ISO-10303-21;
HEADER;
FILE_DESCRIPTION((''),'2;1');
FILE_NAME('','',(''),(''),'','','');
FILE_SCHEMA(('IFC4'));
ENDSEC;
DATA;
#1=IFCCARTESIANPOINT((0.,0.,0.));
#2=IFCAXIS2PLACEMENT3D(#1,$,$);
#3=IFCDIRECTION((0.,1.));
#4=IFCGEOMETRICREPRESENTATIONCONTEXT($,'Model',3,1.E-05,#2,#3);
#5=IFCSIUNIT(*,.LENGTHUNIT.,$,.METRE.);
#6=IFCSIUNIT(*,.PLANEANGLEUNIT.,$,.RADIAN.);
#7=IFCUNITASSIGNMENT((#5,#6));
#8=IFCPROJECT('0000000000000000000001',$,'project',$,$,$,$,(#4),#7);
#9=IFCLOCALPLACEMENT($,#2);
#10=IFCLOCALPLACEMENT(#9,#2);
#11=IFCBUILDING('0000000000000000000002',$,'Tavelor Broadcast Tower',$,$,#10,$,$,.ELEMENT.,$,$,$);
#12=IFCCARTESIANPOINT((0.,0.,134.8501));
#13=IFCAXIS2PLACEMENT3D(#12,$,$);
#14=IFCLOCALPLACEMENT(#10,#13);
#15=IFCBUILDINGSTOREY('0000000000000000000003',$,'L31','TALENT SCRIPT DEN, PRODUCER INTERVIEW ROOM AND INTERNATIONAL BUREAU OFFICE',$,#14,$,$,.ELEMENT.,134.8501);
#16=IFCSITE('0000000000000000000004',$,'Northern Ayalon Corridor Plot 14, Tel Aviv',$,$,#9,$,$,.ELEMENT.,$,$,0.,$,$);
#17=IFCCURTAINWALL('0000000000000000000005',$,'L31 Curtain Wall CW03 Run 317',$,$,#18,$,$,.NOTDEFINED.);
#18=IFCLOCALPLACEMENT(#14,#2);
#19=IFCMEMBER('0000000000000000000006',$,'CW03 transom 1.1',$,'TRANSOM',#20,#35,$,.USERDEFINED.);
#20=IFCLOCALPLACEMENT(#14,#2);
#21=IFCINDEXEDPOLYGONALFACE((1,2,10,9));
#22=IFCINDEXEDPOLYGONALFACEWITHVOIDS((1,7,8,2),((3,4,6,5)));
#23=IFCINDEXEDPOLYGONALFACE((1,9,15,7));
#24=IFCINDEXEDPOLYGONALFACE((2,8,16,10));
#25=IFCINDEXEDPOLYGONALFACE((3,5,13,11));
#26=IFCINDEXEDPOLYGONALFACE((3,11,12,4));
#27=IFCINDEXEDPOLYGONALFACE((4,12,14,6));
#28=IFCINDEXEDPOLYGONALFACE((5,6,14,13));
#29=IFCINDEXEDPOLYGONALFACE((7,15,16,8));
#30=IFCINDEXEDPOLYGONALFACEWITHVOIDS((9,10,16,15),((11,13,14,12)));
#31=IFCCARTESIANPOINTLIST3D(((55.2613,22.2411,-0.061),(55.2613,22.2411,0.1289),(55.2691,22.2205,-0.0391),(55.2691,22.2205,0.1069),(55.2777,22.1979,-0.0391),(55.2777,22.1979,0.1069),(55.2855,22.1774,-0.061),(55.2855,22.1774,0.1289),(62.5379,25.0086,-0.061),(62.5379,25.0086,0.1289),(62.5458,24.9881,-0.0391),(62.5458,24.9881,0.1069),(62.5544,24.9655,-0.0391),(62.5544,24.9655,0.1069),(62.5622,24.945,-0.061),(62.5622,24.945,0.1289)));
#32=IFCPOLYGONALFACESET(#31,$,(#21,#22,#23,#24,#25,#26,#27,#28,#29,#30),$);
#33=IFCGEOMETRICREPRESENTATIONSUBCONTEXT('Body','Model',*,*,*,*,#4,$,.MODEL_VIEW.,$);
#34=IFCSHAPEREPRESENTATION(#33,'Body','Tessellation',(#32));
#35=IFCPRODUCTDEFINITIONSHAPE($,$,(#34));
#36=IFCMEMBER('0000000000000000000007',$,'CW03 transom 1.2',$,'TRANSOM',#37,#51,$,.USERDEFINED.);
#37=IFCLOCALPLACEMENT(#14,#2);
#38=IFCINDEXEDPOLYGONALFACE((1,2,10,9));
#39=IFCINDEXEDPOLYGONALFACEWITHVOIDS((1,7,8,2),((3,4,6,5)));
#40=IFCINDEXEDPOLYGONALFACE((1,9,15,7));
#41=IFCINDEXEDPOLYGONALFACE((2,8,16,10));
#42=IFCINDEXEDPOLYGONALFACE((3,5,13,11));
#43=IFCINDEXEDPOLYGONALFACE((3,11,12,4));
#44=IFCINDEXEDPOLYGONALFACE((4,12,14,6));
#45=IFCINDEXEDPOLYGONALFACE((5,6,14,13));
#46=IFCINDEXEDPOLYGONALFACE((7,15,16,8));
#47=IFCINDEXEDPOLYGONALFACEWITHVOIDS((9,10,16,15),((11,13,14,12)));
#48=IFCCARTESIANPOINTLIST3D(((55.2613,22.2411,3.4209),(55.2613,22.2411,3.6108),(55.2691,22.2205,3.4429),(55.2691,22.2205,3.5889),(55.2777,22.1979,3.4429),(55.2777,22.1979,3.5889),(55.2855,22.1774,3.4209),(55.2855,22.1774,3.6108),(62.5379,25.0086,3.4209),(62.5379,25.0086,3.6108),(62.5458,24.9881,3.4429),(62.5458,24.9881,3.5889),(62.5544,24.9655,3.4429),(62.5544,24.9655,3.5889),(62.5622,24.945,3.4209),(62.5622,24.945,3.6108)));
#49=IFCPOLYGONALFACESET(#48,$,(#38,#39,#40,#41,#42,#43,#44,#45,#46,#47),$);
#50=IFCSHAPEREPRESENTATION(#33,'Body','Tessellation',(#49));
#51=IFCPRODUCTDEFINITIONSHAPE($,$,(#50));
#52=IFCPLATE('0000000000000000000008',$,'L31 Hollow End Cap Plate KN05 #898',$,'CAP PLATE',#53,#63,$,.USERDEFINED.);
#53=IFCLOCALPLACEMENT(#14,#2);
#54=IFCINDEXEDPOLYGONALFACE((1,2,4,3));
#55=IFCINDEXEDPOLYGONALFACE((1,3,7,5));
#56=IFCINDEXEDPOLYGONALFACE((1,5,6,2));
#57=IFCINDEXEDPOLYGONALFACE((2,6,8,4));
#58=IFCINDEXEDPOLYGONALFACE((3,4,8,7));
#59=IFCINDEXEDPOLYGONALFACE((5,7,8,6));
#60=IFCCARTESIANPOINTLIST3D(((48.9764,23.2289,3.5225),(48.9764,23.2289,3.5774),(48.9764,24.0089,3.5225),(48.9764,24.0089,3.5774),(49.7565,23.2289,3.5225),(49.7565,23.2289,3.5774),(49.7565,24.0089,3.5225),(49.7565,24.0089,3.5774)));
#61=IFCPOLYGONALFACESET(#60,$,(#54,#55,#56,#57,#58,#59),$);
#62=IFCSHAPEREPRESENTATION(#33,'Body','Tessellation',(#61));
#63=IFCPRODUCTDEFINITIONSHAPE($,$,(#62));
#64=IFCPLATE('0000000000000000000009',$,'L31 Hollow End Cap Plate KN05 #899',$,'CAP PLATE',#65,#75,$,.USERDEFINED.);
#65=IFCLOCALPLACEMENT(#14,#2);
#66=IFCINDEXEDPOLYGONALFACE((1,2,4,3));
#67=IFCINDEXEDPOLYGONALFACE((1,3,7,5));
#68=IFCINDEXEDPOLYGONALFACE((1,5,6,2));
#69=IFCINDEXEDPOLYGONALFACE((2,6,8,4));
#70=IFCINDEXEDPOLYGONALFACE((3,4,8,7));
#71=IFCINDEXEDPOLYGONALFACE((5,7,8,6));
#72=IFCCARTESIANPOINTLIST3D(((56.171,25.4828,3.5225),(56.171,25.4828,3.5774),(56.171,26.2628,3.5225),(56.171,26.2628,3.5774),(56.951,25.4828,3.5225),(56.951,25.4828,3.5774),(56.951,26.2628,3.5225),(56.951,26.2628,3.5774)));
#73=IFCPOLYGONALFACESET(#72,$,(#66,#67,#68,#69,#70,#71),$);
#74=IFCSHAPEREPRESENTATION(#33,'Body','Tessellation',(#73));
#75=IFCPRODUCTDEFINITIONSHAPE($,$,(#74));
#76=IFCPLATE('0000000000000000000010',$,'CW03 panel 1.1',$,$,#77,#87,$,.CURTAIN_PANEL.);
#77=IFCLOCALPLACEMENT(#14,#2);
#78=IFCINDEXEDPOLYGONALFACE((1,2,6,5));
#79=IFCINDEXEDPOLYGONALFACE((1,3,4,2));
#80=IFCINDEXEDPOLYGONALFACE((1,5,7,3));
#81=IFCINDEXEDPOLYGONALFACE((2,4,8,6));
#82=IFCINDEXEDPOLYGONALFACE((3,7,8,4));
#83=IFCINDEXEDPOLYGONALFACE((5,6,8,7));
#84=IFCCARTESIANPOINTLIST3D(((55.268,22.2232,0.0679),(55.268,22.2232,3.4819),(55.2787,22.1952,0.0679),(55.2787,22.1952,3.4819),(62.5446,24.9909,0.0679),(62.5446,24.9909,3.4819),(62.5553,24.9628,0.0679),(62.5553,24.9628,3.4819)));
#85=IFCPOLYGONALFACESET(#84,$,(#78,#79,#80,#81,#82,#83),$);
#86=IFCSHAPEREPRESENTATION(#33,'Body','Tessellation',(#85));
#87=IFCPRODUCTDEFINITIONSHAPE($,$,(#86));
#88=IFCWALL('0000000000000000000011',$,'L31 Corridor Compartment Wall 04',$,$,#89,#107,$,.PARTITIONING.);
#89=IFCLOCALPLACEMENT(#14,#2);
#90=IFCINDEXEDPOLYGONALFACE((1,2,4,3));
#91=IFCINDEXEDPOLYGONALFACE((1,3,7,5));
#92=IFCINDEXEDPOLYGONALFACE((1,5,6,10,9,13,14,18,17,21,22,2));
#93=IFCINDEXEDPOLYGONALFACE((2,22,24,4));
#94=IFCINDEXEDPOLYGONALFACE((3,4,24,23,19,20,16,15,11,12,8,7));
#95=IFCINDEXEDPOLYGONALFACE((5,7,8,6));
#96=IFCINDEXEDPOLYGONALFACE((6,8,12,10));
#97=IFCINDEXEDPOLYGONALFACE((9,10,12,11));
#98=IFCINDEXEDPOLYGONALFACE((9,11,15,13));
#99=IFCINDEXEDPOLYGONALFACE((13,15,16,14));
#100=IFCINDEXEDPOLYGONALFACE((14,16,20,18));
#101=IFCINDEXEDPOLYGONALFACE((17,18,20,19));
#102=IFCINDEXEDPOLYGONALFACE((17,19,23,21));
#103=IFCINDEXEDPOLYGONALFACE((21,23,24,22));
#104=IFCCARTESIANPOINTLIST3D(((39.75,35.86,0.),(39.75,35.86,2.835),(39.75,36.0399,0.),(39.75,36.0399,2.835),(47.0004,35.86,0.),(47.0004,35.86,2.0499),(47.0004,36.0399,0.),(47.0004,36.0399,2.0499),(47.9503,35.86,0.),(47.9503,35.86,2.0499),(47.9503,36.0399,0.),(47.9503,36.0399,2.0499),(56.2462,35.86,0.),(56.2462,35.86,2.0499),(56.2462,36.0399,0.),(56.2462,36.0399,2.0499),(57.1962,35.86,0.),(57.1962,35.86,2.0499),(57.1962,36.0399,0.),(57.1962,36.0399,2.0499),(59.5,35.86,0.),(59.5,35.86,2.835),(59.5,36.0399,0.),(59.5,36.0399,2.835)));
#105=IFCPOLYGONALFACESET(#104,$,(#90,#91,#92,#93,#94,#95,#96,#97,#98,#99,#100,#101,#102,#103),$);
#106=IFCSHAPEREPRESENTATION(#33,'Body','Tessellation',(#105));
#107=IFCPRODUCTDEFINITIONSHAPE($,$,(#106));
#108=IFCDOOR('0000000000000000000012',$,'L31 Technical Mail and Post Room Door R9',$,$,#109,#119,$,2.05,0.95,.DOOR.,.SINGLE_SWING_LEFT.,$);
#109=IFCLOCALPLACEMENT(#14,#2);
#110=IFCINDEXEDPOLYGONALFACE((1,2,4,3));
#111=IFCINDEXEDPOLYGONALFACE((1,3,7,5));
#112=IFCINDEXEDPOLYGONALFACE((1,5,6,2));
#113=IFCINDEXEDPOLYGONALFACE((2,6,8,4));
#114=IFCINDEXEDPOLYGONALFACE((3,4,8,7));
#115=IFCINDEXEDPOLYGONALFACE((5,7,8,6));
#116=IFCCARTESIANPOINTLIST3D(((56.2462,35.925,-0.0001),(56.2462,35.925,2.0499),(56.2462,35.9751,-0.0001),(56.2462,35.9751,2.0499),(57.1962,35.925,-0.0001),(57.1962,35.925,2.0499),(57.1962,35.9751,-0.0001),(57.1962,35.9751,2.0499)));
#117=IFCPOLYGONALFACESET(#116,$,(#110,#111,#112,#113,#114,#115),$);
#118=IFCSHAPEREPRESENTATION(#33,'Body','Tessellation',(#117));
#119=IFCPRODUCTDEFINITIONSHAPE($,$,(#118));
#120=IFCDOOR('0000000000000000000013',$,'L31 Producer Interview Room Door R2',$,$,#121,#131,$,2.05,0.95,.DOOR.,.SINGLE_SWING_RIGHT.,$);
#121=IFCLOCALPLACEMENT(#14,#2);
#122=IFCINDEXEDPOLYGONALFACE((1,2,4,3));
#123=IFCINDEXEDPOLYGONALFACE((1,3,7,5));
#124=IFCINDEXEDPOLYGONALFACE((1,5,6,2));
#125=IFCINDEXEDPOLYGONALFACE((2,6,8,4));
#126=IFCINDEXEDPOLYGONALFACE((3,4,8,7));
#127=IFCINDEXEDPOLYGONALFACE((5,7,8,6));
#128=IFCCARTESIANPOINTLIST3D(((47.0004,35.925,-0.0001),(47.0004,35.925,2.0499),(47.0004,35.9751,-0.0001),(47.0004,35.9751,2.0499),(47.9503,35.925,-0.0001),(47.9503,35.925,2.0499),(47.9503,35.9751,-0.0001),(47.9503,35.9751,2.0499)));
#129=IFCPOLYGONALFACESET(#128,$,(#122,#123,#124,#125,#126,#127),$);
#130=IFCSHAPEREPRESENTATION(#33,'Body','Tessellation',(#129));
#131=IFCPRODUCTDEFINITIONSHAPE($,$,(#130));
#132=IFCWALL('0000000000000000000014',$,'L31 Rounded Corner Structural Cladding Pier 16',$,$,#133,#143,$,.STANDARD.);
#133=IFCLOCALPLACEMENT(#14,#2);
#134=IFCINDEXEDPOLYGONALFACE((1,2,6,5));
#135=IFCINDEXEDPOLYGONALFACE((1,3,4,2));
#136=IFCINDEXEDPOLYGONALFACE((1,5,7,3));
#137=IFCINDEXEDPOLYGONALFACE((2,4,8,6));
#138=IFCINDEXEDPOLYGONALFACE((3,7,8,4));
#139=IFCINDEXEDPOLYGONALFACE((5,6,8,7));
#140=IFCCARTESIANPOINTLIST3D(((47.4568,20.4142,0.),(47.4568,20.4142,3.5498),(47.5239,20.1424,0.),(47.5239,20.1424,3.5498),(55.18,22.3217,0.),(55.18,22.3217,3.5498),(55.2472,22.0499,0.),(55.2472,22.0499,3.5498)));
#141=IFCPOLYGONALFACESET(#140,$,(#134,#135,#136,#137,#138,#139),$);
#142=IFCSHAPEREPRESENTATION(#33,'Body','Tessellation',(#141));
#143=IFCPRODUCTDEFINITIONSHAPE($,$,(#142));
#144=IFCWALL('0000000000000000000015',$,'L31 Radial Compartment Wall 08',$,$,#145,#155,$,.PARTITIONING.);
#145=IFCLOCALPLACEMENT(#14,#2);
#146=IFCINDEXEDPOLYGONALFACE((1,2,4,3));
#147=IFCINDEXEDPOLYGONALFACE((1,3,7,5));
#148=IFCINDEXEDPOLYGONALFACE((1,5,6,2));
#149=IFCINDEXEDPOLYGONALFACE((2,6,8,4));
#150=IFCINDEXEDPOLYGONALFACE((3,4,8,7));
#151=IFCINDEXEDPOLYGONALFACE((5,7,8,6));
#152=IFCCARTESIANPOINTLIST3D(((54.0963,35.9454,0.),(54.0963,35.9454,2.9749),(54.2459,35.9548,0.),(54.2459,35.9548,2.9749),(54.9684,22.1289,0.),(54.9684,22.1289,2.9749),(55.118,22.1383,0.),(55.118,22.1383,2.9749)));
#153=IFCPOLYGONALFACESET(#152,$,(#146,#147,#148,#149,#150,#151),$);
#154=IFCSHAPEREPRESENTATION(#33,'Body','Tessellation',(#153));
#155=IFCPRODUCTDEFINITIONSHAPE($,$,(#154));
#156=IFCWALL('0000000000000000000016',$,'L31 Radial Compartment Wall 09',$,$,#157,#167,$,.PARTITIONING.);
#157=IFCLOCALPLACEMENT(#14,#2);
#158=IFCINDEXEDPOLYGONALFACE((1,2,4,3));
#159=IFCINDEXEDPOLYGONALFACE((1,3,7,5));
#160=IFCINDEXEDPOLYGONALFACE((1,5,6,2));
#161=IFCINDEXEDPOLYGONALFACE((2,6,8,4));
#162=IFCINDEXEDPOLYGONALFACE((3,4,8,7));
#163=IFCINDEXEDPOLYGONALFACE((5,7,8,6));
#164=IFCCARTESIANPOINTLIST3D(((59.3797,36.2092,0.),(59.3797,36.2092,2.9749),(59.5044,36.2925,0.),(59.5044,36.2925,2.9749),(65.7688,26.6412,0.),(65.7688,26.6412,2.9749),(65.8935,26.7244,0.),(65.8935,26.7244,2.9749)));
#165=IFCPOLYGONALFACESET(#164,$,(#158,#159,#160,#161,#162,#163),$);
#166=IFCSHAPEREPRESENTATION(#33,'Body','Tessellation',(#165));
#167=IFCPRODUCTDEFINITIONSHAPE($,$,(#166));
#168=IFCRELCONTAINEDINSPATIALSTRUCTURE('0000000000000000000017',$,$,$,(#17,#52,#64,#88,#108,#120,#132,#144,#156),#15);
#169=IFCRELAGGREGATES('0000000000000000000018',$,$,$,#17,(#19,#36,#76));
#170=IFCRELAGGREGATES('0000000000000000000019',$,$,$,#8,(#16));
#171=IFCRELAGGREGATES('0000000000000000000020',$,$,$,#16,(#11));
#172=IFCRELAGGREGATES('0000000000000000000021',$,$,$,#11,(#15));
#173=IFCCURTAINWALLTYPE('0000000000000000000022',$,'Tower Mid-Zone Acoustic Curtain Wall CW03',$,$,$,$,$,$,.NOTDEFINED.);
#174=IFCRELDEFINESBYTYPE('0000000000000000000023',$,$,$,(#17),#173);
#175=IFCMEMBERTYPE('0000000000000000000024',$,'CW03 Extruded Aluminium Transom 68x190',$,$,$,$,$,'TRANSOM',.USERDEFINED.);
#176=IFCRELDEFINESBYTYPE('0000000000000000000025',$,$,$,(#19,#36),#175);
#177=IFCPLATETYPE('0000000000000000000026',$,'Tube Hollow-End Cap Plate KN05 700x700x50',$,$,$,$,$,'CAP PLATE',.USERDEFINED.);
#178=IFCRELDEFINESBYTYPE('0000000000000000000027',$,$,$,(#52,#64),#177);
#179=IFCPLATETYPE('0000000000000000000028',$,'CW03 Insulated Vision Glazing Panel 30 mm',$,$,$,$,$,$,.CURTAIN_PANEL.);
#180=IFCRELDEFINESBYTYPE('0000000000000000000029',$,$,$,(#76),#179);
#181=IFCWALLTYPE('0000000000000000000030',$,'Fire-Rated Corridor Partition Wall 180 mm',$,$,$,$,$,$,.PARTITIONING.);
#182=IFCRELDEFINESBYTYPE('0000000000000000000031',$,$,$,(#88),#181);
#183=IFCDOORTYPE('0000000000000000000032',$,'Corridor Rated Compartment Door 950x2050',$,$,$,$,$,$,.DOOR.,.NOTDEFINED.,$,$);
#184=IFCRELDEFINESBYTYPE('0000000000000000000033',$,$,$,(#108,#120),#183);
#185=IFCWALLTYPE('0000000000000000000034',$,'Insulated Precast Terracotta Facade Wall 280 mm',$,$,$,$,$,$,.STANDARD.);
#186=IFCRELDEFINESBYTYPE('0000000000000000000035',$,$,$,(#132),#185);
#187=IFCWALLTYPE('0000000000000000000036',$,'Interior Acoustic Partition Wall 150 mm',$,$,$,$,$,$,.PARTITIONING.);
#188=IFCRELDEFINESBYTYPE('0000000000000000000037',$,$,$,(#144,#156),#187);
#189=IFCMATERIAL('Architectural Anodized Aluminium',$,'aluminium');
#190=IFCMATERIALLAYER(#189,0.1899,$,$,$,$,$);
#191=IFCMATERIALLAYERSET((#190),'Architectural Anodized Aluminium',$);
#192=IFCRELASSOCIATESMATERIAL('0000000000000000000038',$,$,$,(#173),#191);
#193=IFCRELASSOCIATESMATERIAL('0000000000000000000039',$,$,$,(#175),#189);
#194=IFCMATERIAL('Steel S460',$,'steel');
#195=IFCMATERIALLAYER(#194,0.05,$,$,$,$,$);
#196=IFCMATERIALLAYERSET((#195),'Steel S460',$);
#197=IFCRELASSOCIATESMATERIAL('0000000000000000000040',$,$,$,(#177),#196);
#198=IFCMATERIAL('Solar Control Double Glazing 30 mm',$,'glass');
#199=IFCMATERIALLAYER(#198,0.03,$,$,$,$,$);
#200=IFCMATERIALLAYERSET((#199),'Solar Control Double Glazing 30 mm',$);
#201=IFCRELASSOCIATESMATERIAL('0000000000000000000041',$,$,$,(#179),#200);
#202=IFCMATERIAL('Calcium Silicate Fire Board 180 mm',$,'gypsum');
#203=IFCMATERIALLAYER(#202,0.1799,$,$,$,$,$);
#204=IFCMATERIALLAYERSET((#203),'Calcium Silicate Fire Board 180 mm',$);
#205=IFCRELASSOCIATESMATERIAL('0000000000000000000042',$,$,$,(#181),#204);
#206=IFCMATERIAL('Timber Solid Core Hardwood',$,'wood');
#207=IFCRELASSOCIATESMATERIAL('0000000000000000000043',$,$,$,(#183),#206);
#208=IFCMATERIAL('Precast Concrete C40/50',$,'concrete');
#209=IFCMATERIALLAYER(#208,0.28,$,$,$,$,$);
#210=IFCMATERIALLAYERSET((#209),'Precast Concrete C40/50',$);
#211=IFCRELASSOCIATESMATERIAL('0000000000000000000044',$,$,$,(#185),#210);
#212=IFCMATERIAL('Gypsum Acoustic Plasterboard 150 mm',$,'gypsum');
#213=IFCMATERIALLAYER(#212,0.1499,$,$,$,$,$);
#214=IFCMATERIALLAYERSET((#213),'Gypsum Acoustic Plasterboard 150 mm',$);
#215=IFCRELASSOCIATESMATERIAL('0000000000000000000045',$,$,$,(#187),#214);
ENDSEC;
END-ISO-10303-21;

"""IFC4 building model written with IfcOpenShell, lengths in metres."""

from ifc_helpers import new_model, si_unit, direction, frame, frame_2d, origin, origin_2d, place, context, subcontext, project, spatial, rectangle, hollow_rectangle, extrude, source, transform, mapped, material, layer, layer_set, material_profile, profile_set, type_object, type_shapes, element, fill, aggregate, save


model = new_model("IFC4")

# Units and contexts
model_context = context("Model", 3, precision=1e-05, world=origin(), true_north=direction((0.0, 1.0)))
body_context = subcontext(model_context, "Body", "Model", "MODEL_VIEW")
ifc_project = project(units=[si_unit("LENGTHUNIT", "METRE"), si_unit("PLANEANGLEUNIT", "RADIAN")], contexts=[model_context])

# Site, building, storey
site_placement = place(None, origin())
site = spatial("IfcSite", under=ifc_project, at=site_placement, Name="Northern Ayalon Corridor Plot 14, Tel Aviv", CompositionType="ELEMENT", RefElevation=0.0)
building_placement = place(site_placement, origin())
building = spatial("IfcBuilding", under=site, at=building_placement, Name="Tavelor Broadcast Tower", CompositionType="ELEMENT")
storey_placement = place(building_placement, frame((0.0, 0.0, 134.8501)))
storey = spatial("IfcBuildingStorey", under=building, at=storey_placement, Name="L31", Description="TALENT SCRIPT DEN, PRODUCER INTERVIEW ROOM AND INTERNATIONAL BUREAU OFFICE", CompositionType="ELEMENT", Elevation=134.8501)

# Shared definitions
ifc_material_1 = material(Name="Steel S460", Category="steel")

# Curtain wall, members
ifc_material_2 = material(Name="Architectural Anodized Aluminium", Category="aluminium")
ifc_layer_1 = layer(ifc_material_2, 0.1899)
ifc_layer_set_1 = layer_set([ifc_layer_1], Name="Architectural Anodized Aluminium")
curtain_wall_type = type_object("IfcCurtainWallType", Name="Tower Mid-Zone Acoustic Curtain Wall CW03", PredefinedType="NOTDEFINED", material=ifc_layer_set_1)
curtain_wall_placement = place(storey_placement, origin())
curtain_wall = element("IfcCurtainWall", 1, at=curtain_wall_placement, inside=storey, type_object=curtain_wall_type, Name="L31 Curtain Wall CW03 Run 317", PredefinedType="NOTDEFINED")
ifc_material_profile_1 = material_profile(ifc_material_2, hollow_rectangle(XDim=0.0681, YDim=0.1899, WallThickness=0.022, at=origin_2d()), Name="RHS 68x190x22")
ifc_profile_set_1 = profile_set([ifc_material_profile_1], Name="Architectural Anodized Aluminium")
member_type_1 = type_object("IfcMemberType", Name="CW03 Extruded Aluminium Transom 68x190", ElementType="TRANSOM", PredefinedType="USERDEFINED", material=ifc_profile_set_1)
shared_shape_1 = source(origin(), body_context, "Body", "SweptSolid", [
    extrude(hollow_rectangle(XDim=0.0681, YDim=0.1899, WallThickness=0.022, at=origin_2d()), origin(), (0.0, 0.0, 1.0), 7.7852),
])
type_shapes(member_type_1, [shared_shape_1])
member_1_placement = place(storey_placement, frame((55.2734, 22.2092, 0.0339), z_axis=(0.934678, 0.355495, 0.0), x_axis=(-0.355495, 0.934678, 0.0)))
member_1 = element("IfcMember", 2, at=member_1_placement, type_object=member_type_1, Name="CW03 transom 1.1", ObjectType="TRANSOM", PredefinedType="USERDEFINED", context=body_context, shape_type="MappedRepresentation", body=[
    mapped(shared_shape_1, transform((0.0, 0.0, 0.0), scale=1.0)),
])
member_2_placement = place(storey_placement, frame((55.2734, 22.2092, 3.5159), z_axis=(0.934678, 0.355495, 0.0), x_axis=(-0.355495, 0.934678, 0.0)))
member_2 = element("IfcMember", 3, at=member_2_placement, type_object=member_type_1, Name="CW03 transom 1.2", ObjectType="TRANSOM", PredefinedType="USERDEFINED", context=body_context, shape_type="MappedRepresentation", body=[
    mapped(shared_shape_1, transform((0.0, 0.0, 0.0), scale=1.0)),
])

# Plates
ifc_layer_2 = layer(ifc_material_1, 0.05)
ifc_layer_set_2 = layer_set([ifc_layer_2], Name="Steel S460")
plate_type_1 = type_object("IfcPlateType", Name="Tube Hollow-End Cap Plate KN05 700x700x50", ElementType="CAP PLATE", PredefinedType="USERDEFINED", material=ifc_layer_set_2)
shared_shape_2 = source(origin(), body_context, "Body", "SweptSolid", [
    extrude(rectangle(XDim=0.78, YDim=0.78, at=origin_2d()), origin(), (0.0, 0.0, 1.0), 0.0549),
])
type_shapes(plate_type_1, [shared_shape_2])
for number, where, z_axis, x_axis, name in (
    (4, (49.3665, 23.6189, 3.5225), (0.0, 0.0, 1.0), (1.0, 0.0, 0.0), "L31 Hollow End Cap Plate KN05 #898"),
    (5, (56.561, 25.8728, 3.5225), (0.0, 0.0, 1.0), (1.0, 0.0, 0.0), "L31 Hollow End Cap Plate KN05 #899"),
):
    element("IfcPlate", number, at=place(storey_placement, frame(where, z_axis=z_axis, x_axis=x_axis)), inside=storey, type_object=plate_type_1, Name=name, ObjectType="CAP PLATE", PredefinedType="USERDEFINED", context=body_context, shape_type="MappedRepresentation", body=[
        mapped(shared_shape_2, transform((0.0, 0.0, 0.0), scale=1.0)),
    ])

# Plate
ifc_material_3 = material(Name="Solar Control Double Glazing 30 mm", Category="glass")
ifc_layer_3 = layer(ifc_material_3, 0.03)
ifc_layer_set_3 = layer_set([ifc_layer_3], Name="Solar Control Double Glazing 30 mm")
plate_type_2 = type_object("IfcPlateType", Name="CW03 Insulated Vision Glazing Panel 30 mm", PredefinedType="CURTAIN_PANEL", material=ifc_layer_set_3)
shared_shape_3 = source(origin(), body_context, "Body", "SweptSolid", [
    extrude(rectangle(XDim=7.7852, YDim=0.03, at=origin_2d()), origin(), (0.0, 0.0, 1.0), 3.4141),
])
type_shapes(plate_type_2, [shared_shape_3])
plate_placement = place(storey_placement, frame((58.9116, 23.593, 0.0679), z_axis=(0.0, 0.0, 1.0), x_axis=(0.934675, 0.355504, 0.0)))
plate = element("IfcPlate", 6, at=plate_placement, type_object=plate_type_2, Name="CW03 panel 1.1", PredefinedType="CURTAIN_PANEL", context=body_context, shape_type="MappedRepresentation", body=[
    mapped(shared_shape_3, transform((0.0, 0.0, 0.0), scale=1.0)),
])
aggregate(curtain_wall, [member_1, member_2, plate])

# Wall, openings, doors
ifc_material_4 = material(Name="Calcium Silicate Fire Board 180 mm", Category="gypsum")
ifc_layer_4 = layer(ifc_material_4, 0.1799)
ifc_layer_set_4 = layer_set([ifc_layer_4], Name="Calcium Silicate Fire Board 180 mm")
wall_type_1 = type_object("IfcWallType", Name="Fire-Rated Corridor Partition Wall 180 mm", PredefinedType="PARTITIONING", material=ifc_layer_set_4)
wall_1_placement = place(storey_placement, frame((59.5, 35.95, 0.0), z_axis=(0.0, 0.0, 1.0), x_axis=(-1.0, 0.0, 0.0)))
wall_1 = element("IfcWall", 7, at=wall_1_placement, inside=storey, type_object=wall_type_1, Name="L31 Corridor Compartment Wall 04", PredefinedType="PARTITIONING", context=body_context, shape_type="SweptSolid", body=[
    extrude(rectangle(XDim=19.75, YDim=0.1799, at=frame_2d((9.875, 0.0))), origin(), (0.0, 0.0, 1.0), 2.835),
])
opening_1_placement = place(wall_1_placement, frame((2.3037, 0.0, 0.0)))
opening_1 = element("IfcOpeningElement", 8, at=opening_1_placement, cuts=wall_1, PredefinedType="OPENING", context=body_context, shape_type="SweptSolid", body=[
    extrude(rectangle(XDim=0.95, YDim=2.05, at=frame_2d((0.4751, 1.0249))), frame((0.0, 0.1001, 0.0), z_axis=(0.0, -1.0, 0.0), x_axis=(1.0, 0.0, 0.0)), (0.0, 0.0, 1.0), 0.2),
])
opening_2_placement = place(wall_1_placement, frame((11.5496, 0.0, 0.0)))
opening_2 = element("IfcOpeningElement", 9, at=opening_2_placement, cuts=wall_1, PredefinedType="OPENING", context=body_context, shape_type="SweptSolid", body=[
    extrude(rectangle(XDim=0.95, YDim=2.05, at=frame_2d((0.4751, 1.0249))), frame((0.0, 0.1001, 0.0), z_axis=(0.0, -1.0, 0.0), x_axis=(1.0, 0.0, 0.0)), (0.0, 0.0, 1.0), 0.2),
])
ifc_material_5 = material(Name="Timber Solid Core Hardwood", Category="wood")
door_type_1 = type_object("IfcDoorType", Name="Corridor Rated Compartment Door 950x2050", OperationType="NOTDEFINED", PredefinedType="DOOR", material=ifc_material_5)
door_1_placement = place(opening_1_placement, origin())
door_1 = element("IfcDoor", 10, at=door_1_placement, inside=storey, type_object=door_type_1, Name="L31 Technical Mail and Post Room Door R9", OperationType="SINGLE_SWING_LEFT", OverallHeight=2.05, OverallWidth=0.95, PredefinedType="DOOR", context=body_context, shape_type="SweptSolid", body=[
    extrude(rectangle(XDim=0.95, YDim=2.05, at=frame_2d((0.4751, 1.0249))), frame((0.0, 0.0249, 0.0), z_axis=(0.0, -1.0, 0.0), x_axis=(1.0, 0.0, 0.0)), (0.0, 0.0, 1.0), 0.05),
])
fill(opening_1, door_1)
door_2_placement = place(opening_2_placement, origin())
door_2 = element("IfcDoor", 11, at=door_2_placement, inside=storey, type_object=door_type_1, Name="L31 Producer Interview Room Door R2", OperationType="SINGLE_SWING_RIGHT", OverallHeight=2.05, OverallWidth=0.95, PredefinedType="DOOR", context=body_context, shape_type="SweptSolid", body=[
    extrude(rectangle(XDim=0.95, YDim=2.05, at=frame_2d((0.4751, 1.0249))), frame((0.0, 0.0249, 0.0), z_axis=(0.0, -1.0, 0.0), x_axis=(1.0, 0.0, 0.0)), (0.0, 0.0, 1.0), 0.05),
])
fill(opening_2, door_2)

# Walls
ifc_material_6 = material(Name="Precast Concrete C40/50", Category="concrete")
ifc_layer_5 = layer(ifc_material_6, 0.28)
ifc_layer_set_5 = layer_set([ifc_layer_5], Name="Precast Concrete C40/50")
wall_type_2 = type_object("IfcWallType", Name="Insulated Precast Terracotta Facade Wall 280 mm", PredefinedType="STANDARD", material=ifc_layer_set_5)
wall_2_placement = place(storey_placement, frame((47.4905, 20.2783, 0.0), z_axis=(0.0, 0.0, 1.0), x_axis=(0.970828, 0.239776, 0.0)))
element("IfcWall", 12, at=wall_2_placement, inside=storey, type_object=wall_type_2, Name="L31 Rounded Corner Structural Cladding Pier 16", PredefinedType="STANDARD", context=body_context, shape_type="SweptSolid", body=[
    extrude(rectangle(XDim=7.9553, YDim=0.28, at=frame_2d((3.9775, 0.0))), origin(), (0.0, 0.0, 1.0), 3.5498),
])
ifc_material_7 = material(Name="Gypsum Acoustic Plasterboard 150 mm", Category="gypsum")
ifc_layer_6 = layer(ifc_material_7, 0.1499)
ifc_layer_set_6 = layer_set([ifc_layer_6], Name="Gypsum Acoustic Plasterboard 150 mm")
wall_type_3 = type_object("IfcWallType", Name="Interior Acoustic Partition Wall 150 mm", PredefinedType="PARTITIONING", material=ifc_layer_set_6)
wall_3_placement = place(storey_placement, frame((54.1711, 35.95, 0.0), z_axis=(0.0, 0.0, 1.0), x_axis=(0.062993, -0.998014, 0.0)))
element("IfcWall", 13, at=wall_3_placement, inside=storey, type_object=wall_type_3, Name="L31 Radial Compartment Wall 08", PredefinedType="PARTITIONING", context=body_context, shape_type="SweptSolid", body=[
    extrude(rectangle(XDim=13.844, YDim=0.1499, at=frame_2d((6.9219, 0.0))), origin(), (0.0, 0.0, 1.0), 2.9749),
])
wall_4_placement = place(storey_placement, frame((59.4421, 36.2507, 0.0), z_axis=(0.0, 0.0, 1.0), x_axis=(0.555327, -0.831632, 0.0)))
element("IfcWall", 14, at=wall_4_placement, inside=storey, type_object=wall_type_3, Name="L31 Radial Compartment Wall 09", PredefinedType="PARTITIONING", context=body_context, shape_type="SweptSolid", body=[
    extrude(rectangle(XDim=11.5051, YDim=0.1499, at=frame_2d((5.7524, 0.0))), origin(), (0.0, 0.0, 1.0), 2.9749),
])

save(model, "model.ifc")
